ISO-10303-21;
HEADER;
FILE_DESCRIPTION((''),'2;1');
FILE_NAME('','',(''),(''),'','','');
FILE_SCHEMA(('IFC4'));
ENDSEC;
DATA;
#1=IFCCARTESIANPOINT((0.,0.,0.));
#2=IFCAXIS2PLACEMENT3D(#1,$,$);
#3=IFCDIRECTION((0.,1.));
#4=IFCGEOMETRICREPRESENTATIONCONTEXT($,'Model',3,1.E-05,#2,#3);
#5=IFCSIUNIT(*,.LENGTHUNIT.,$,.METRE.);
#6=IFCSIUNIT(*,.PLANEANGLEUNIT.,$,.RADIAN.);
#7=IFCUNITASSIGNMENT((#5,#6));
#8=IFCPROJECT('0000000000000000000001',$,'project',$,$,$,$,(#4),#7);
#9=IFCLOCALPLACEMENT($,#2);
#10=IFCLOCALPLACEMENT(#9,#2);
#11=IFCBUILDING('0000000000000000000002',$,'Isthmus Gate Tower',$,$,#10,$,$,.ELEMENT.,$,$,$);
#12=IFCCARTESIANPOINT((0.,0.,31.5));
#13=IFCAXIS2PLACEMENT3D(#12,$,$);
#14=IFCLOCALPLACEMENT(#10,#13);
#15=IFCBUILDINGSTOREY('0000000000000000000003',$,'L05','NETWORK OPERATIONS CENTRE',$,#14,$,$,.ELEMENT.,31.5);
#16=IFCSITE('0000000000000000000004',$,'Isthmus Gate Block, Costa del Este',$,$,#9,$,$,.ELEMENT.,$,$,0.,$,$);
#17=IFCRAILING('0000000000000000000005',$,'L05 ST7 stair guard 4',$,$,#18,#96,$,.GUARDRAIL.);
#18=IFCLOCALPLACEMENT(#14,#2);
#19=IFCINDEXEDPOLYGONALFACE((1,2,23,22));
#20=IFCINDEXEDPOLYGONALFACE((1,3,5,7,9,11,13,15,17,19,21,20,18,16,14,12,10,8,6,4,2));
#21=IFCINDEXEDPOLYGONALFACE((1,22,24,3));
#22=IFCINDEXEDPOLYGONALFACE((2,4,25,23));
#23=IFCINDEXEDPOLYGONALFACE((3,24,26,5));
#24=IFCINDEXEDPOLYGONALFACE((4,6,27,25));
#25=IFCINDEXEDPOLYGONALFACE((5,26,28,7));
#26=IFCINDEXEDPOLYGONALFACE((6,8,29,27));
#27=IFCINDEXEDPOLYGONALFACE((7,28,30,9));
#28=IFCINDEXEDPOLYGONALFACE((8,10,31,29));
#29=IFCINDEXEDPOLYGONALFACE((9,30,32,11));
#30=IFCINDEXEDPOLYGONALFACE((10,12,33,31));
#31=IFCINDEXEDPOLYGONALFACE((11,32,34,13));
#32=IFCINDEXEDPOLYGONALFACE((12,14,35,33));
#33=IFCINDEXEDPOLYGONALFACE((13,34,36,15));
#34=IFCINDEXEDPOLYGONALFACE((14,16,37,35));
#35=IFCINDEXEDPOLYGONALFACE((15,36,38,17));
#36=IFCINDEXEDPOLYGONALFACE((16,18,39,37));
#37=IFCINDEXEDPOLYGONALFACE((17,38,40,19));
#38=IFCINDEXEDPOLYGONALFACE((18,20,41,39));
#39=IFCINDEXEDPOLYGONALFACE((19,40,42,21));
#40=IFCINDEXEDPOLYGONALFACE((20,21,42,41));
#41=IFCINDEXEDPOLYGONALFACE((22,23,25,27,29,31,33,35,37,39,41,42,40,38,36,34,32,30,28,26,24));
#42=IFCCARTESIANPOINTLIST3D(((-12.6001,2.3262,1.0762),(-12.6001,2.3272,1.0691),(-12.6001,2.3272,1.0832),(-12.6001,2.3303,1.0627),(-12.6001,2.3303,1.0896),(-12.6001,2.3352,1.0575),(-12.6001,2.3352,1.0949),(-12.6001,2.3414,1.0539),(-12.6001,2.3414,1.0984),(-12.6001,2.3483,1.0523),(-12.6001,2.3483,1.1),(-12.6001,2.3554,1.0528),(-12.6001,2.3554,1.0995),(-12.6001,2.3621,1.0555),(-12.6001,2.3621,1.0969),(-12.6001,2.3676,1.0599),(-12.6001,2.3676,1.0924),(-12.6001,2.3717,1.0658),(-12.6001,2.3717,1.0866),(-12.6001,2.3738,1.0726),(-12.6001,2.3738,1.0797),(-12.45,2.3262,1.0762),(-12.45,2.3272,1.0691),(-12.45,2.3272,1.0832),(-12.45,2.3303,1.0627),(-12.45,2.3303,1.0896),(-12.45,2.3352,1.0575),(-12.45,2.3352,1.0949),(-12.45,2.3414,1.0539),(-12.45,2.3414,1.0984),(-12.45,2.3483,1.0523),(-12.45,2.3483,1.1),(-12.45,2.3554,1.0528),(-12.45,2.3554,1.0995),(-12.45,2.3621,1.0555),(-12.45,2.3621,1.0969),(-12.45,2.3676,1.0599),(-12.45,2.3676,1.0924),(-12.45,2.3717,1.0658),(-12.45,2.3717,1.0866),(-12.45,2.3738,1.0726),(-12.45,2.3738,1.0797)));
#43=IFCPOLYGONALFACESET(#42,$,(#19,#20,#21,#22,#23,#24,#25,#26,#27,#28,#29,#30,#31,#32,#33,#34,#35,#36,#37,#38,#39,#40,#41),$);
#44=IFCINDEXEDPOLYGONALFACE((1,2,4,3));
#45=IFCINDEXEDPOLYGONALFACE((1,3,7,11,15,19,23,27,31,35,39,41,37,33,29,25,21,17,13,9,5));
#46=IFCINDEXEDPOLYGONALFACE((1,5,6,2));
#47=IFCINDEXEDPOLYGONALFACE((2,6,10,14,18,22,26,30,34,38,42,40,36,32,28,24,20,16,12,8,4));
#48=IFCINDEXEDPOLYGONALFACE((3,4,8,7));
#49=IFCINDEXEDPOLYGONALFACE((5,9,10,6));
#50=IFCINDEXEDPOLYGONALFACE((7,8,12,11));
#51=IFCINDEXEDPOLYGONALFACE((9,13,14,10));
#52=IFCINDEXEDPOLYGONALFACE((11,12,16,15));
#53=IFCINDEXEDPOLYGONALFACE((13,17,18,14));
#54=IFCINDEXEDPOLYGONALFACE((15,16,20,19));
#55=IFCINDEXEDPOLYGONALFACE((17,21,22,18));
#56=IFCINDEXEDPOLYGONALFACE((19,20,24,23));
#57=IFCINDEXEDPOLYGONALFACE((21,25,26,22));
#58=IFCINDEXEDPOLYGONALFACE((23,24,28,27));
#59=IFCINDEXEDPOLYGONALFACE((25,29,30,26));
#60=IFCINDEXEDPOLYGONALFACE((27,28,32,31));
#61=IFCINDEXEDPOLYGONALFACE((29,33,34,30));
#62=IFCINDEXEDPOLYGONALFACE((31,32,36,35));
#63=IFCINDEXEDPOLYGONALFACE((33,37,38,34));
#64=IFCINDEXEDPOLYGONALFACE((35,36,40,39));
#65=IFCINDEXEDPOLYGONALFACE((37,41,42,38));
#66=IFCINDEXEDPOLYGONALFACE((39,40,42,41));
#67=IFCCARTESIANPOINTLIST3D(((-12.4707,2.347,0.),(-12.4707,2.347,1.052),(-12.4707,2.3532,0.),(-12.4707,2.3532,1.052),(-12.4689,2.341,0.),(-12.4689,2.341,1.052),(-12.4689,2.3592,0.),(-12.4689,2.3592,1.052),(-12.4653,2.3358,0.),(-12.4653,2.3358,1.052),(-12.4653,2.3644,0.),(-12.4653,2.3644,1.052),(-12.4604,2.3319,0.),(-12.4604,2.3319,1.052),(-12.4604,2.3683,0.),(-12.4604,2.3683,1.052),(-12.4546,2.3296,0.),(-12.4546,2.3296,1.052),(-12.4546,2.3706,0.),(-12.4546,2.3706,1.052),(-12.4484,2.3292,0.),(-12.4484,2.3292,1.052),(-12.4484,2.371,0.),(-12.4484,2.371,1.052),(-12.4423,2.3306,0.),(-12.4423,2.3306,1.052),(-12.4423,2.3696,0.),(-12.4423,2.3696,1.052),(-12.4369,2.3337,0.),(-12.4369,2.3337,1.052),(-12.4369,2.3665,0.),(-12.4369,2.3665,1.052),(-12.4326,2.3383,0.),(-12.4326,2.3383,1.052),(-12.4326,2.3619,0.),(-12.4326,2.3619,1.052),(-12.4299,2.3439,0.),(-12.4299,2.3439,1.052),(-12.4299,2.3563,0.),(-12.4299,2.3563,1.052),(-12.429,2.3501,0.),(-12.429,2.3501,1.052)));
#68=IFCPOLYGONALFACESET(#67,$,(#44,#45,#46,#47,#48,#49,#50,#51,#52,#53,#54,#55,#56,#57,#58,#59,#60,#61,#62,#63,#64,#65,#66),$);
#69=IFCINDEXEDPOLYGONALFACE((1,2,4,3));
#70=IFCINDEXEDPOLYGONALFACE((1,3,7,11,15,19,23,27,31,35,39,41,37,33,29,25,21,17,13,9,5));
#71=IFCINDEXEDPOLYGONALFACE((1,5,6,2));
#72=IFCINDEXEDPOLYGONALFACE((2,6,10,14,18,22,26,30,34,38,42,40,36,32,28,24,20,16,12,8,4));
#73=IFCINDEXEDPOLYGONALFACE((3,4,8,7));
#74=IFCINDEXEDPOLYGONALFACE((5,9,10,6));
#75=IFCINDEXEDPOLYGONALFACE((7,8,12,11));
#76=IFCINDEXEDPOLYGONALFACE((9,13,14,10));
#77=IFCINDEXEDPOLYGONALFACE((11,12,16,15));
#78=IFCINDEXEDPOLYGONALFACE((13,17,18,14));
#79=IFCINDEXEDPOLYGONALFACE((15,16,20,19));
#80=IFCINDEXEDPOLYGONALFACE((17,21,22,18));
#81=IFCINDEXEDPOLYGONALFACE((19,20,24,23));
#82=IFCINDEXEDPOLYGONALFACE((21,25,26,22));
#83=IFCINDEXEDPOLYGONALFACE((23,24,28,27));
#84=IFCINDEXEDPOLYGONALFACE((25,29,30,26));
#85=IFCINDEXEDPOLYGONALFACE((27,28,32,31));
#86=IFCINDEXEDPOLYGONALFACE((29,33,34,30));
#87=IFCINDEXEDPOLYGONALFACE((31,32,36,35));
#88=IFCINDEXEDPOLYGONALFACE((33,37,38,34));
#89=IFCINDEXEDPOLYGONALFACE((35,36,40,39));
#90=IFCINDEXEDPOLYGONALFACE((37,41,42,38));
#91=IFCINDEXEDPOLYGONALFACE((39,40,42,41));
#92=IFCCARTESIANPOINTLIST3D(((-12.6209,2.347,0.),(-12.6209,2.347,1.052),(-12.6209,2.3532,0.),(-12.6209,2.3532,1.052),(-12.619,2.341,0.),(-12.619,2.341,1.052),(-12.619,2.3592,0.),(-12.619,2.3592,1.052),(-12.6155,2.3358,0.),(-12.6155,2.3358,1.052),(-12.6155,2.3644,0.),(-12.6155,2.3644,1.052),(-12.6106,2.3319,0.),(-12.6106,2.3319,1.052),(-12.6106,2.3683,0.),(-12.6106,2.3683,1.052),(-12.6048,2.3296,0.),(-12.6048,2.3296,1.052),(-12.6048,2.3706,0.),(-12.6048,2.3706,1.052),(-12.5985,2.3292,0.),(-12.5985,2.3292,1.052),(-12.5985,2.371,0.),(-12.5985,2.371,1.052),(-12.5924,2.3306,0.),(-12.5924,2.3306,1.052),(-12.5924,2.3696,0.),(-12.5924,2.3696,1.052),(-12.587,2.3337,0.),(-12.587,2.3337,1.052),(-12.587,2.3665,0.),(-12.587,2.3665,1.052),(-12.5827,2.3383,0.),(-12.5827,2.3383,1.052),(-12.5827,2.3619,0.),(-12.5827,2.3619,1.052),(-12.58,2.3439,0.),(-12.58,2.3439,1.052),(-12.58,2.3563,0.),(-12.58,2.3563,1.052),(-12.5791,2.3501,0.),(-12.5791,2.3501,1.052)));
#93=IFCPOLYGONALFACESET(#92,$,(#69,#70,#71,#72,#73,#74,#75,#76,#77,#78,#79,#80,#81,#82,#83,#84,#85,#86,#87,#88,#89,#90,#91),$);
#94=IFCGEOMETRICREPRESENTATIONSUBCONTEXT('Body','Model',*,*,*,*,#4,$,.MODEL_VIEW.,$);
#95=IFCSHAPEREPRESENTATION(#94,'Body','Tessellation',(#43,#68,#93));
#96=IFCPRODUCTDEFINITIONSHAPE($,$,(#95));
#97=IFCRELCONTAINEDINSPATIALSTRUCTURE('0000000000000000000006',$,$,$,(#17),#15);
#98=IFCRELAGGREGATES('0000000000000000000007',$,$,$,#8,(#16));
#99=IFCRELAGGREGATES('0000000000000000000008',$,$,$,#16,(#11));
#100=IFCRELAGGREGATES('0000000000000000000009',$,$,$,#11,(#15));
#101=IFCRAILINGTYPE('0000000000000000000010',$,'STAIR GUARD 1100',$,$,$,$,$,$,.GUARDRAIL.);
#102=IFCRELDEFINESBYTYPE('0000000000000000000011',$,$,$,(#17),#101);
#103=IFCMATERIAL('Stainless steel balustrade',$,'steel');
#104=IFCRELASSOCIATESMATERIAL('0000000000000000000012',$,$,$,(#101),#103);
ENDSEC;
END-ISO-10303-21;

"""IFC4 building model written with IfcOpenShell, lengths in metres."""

from ifc_helpers import new_model, si_unit, direction, frame, origin, origin_2d, place, context, subcontext, project, spatial, circle, extrude, material, type_object, element, save


model = new_model("IFC4")

# Units and contexts
model_context = context("Model", 3, precision=1e-05, world=origin(), true_north=direction((0.0, 1.0)))
body_context = subcontext(model_context, "Body", "Model", "MODEL_VIEW")
ifc_project = project(units=[si_unit("LENGTHUNIT", "METRE"), si_unit("PLANEANGLEUNIT", "RADIAN")], contexts=[model_context])

# Site, building, storey
site_placement = place(None, origin())
site = spatial("IfcSite", under=ifc_project, at=site_placement, Name="Isthmus Gate Block, Costa del Este", CompositionType="ELEMENT", RefElevation=0.0)
building_placement = place(site_placement, origin())
building = spatial("IfcBuilding", under=site, at=building_placement, Name="Isthmus Gate Tower", CompositionType="ELEMENT")
storey_placement = place(building_placement, frame((0.0, 0.0, 31.5)))
storey = spatial("IfcBuildingStorey", under=building, at=storey_placement, Name="L05", Description="NETWORK OPERATIONS CENTRE", CompositionType="ELEMENT", Elevation=31.5)

# Railing
ifc_material_1 = material(Name="Stainless steel balustrade", Category="steel")
railing_type_1 = type_object("IfcRailingType", Name="STAIR GUARD 1100", PredefinedType="GUARDRAIL", material=ifc_material_1)
railing_1_placement = place(storey_placement, frame((-12.45, 2.3501, 0.0)))
element("IfcRailing", 1, at=railing_1_placement, inside=storey, type_object=railing_type_1, Name="L05 ST7 stair guard 4", PredefinedType="GUARDRAIL", context=body_context, shape_type="SweptSolid", body=[
    extrude(circle(Radius=0.0239, at=origin_2d()), frame((0.0, 0.0, 1.0762), z_axis=(-1.0, 0.0, 0.0), x_axis=(0.0, -1.0, 0.0)), (0.0, 0.0, 1.0), 0.1501),
    extrude(circle(Radius=0.021, at=origin_2d()), origin(), (0.0, 0.0, 1.0), 1.052),
    extrude(circle(Radius=0.021, at=origin_2d()), frame((-0.1501, 0.0, 0.0)), (0.0, 0.0, 1.0), 1.052),
])

save(model, "model.ifc")
